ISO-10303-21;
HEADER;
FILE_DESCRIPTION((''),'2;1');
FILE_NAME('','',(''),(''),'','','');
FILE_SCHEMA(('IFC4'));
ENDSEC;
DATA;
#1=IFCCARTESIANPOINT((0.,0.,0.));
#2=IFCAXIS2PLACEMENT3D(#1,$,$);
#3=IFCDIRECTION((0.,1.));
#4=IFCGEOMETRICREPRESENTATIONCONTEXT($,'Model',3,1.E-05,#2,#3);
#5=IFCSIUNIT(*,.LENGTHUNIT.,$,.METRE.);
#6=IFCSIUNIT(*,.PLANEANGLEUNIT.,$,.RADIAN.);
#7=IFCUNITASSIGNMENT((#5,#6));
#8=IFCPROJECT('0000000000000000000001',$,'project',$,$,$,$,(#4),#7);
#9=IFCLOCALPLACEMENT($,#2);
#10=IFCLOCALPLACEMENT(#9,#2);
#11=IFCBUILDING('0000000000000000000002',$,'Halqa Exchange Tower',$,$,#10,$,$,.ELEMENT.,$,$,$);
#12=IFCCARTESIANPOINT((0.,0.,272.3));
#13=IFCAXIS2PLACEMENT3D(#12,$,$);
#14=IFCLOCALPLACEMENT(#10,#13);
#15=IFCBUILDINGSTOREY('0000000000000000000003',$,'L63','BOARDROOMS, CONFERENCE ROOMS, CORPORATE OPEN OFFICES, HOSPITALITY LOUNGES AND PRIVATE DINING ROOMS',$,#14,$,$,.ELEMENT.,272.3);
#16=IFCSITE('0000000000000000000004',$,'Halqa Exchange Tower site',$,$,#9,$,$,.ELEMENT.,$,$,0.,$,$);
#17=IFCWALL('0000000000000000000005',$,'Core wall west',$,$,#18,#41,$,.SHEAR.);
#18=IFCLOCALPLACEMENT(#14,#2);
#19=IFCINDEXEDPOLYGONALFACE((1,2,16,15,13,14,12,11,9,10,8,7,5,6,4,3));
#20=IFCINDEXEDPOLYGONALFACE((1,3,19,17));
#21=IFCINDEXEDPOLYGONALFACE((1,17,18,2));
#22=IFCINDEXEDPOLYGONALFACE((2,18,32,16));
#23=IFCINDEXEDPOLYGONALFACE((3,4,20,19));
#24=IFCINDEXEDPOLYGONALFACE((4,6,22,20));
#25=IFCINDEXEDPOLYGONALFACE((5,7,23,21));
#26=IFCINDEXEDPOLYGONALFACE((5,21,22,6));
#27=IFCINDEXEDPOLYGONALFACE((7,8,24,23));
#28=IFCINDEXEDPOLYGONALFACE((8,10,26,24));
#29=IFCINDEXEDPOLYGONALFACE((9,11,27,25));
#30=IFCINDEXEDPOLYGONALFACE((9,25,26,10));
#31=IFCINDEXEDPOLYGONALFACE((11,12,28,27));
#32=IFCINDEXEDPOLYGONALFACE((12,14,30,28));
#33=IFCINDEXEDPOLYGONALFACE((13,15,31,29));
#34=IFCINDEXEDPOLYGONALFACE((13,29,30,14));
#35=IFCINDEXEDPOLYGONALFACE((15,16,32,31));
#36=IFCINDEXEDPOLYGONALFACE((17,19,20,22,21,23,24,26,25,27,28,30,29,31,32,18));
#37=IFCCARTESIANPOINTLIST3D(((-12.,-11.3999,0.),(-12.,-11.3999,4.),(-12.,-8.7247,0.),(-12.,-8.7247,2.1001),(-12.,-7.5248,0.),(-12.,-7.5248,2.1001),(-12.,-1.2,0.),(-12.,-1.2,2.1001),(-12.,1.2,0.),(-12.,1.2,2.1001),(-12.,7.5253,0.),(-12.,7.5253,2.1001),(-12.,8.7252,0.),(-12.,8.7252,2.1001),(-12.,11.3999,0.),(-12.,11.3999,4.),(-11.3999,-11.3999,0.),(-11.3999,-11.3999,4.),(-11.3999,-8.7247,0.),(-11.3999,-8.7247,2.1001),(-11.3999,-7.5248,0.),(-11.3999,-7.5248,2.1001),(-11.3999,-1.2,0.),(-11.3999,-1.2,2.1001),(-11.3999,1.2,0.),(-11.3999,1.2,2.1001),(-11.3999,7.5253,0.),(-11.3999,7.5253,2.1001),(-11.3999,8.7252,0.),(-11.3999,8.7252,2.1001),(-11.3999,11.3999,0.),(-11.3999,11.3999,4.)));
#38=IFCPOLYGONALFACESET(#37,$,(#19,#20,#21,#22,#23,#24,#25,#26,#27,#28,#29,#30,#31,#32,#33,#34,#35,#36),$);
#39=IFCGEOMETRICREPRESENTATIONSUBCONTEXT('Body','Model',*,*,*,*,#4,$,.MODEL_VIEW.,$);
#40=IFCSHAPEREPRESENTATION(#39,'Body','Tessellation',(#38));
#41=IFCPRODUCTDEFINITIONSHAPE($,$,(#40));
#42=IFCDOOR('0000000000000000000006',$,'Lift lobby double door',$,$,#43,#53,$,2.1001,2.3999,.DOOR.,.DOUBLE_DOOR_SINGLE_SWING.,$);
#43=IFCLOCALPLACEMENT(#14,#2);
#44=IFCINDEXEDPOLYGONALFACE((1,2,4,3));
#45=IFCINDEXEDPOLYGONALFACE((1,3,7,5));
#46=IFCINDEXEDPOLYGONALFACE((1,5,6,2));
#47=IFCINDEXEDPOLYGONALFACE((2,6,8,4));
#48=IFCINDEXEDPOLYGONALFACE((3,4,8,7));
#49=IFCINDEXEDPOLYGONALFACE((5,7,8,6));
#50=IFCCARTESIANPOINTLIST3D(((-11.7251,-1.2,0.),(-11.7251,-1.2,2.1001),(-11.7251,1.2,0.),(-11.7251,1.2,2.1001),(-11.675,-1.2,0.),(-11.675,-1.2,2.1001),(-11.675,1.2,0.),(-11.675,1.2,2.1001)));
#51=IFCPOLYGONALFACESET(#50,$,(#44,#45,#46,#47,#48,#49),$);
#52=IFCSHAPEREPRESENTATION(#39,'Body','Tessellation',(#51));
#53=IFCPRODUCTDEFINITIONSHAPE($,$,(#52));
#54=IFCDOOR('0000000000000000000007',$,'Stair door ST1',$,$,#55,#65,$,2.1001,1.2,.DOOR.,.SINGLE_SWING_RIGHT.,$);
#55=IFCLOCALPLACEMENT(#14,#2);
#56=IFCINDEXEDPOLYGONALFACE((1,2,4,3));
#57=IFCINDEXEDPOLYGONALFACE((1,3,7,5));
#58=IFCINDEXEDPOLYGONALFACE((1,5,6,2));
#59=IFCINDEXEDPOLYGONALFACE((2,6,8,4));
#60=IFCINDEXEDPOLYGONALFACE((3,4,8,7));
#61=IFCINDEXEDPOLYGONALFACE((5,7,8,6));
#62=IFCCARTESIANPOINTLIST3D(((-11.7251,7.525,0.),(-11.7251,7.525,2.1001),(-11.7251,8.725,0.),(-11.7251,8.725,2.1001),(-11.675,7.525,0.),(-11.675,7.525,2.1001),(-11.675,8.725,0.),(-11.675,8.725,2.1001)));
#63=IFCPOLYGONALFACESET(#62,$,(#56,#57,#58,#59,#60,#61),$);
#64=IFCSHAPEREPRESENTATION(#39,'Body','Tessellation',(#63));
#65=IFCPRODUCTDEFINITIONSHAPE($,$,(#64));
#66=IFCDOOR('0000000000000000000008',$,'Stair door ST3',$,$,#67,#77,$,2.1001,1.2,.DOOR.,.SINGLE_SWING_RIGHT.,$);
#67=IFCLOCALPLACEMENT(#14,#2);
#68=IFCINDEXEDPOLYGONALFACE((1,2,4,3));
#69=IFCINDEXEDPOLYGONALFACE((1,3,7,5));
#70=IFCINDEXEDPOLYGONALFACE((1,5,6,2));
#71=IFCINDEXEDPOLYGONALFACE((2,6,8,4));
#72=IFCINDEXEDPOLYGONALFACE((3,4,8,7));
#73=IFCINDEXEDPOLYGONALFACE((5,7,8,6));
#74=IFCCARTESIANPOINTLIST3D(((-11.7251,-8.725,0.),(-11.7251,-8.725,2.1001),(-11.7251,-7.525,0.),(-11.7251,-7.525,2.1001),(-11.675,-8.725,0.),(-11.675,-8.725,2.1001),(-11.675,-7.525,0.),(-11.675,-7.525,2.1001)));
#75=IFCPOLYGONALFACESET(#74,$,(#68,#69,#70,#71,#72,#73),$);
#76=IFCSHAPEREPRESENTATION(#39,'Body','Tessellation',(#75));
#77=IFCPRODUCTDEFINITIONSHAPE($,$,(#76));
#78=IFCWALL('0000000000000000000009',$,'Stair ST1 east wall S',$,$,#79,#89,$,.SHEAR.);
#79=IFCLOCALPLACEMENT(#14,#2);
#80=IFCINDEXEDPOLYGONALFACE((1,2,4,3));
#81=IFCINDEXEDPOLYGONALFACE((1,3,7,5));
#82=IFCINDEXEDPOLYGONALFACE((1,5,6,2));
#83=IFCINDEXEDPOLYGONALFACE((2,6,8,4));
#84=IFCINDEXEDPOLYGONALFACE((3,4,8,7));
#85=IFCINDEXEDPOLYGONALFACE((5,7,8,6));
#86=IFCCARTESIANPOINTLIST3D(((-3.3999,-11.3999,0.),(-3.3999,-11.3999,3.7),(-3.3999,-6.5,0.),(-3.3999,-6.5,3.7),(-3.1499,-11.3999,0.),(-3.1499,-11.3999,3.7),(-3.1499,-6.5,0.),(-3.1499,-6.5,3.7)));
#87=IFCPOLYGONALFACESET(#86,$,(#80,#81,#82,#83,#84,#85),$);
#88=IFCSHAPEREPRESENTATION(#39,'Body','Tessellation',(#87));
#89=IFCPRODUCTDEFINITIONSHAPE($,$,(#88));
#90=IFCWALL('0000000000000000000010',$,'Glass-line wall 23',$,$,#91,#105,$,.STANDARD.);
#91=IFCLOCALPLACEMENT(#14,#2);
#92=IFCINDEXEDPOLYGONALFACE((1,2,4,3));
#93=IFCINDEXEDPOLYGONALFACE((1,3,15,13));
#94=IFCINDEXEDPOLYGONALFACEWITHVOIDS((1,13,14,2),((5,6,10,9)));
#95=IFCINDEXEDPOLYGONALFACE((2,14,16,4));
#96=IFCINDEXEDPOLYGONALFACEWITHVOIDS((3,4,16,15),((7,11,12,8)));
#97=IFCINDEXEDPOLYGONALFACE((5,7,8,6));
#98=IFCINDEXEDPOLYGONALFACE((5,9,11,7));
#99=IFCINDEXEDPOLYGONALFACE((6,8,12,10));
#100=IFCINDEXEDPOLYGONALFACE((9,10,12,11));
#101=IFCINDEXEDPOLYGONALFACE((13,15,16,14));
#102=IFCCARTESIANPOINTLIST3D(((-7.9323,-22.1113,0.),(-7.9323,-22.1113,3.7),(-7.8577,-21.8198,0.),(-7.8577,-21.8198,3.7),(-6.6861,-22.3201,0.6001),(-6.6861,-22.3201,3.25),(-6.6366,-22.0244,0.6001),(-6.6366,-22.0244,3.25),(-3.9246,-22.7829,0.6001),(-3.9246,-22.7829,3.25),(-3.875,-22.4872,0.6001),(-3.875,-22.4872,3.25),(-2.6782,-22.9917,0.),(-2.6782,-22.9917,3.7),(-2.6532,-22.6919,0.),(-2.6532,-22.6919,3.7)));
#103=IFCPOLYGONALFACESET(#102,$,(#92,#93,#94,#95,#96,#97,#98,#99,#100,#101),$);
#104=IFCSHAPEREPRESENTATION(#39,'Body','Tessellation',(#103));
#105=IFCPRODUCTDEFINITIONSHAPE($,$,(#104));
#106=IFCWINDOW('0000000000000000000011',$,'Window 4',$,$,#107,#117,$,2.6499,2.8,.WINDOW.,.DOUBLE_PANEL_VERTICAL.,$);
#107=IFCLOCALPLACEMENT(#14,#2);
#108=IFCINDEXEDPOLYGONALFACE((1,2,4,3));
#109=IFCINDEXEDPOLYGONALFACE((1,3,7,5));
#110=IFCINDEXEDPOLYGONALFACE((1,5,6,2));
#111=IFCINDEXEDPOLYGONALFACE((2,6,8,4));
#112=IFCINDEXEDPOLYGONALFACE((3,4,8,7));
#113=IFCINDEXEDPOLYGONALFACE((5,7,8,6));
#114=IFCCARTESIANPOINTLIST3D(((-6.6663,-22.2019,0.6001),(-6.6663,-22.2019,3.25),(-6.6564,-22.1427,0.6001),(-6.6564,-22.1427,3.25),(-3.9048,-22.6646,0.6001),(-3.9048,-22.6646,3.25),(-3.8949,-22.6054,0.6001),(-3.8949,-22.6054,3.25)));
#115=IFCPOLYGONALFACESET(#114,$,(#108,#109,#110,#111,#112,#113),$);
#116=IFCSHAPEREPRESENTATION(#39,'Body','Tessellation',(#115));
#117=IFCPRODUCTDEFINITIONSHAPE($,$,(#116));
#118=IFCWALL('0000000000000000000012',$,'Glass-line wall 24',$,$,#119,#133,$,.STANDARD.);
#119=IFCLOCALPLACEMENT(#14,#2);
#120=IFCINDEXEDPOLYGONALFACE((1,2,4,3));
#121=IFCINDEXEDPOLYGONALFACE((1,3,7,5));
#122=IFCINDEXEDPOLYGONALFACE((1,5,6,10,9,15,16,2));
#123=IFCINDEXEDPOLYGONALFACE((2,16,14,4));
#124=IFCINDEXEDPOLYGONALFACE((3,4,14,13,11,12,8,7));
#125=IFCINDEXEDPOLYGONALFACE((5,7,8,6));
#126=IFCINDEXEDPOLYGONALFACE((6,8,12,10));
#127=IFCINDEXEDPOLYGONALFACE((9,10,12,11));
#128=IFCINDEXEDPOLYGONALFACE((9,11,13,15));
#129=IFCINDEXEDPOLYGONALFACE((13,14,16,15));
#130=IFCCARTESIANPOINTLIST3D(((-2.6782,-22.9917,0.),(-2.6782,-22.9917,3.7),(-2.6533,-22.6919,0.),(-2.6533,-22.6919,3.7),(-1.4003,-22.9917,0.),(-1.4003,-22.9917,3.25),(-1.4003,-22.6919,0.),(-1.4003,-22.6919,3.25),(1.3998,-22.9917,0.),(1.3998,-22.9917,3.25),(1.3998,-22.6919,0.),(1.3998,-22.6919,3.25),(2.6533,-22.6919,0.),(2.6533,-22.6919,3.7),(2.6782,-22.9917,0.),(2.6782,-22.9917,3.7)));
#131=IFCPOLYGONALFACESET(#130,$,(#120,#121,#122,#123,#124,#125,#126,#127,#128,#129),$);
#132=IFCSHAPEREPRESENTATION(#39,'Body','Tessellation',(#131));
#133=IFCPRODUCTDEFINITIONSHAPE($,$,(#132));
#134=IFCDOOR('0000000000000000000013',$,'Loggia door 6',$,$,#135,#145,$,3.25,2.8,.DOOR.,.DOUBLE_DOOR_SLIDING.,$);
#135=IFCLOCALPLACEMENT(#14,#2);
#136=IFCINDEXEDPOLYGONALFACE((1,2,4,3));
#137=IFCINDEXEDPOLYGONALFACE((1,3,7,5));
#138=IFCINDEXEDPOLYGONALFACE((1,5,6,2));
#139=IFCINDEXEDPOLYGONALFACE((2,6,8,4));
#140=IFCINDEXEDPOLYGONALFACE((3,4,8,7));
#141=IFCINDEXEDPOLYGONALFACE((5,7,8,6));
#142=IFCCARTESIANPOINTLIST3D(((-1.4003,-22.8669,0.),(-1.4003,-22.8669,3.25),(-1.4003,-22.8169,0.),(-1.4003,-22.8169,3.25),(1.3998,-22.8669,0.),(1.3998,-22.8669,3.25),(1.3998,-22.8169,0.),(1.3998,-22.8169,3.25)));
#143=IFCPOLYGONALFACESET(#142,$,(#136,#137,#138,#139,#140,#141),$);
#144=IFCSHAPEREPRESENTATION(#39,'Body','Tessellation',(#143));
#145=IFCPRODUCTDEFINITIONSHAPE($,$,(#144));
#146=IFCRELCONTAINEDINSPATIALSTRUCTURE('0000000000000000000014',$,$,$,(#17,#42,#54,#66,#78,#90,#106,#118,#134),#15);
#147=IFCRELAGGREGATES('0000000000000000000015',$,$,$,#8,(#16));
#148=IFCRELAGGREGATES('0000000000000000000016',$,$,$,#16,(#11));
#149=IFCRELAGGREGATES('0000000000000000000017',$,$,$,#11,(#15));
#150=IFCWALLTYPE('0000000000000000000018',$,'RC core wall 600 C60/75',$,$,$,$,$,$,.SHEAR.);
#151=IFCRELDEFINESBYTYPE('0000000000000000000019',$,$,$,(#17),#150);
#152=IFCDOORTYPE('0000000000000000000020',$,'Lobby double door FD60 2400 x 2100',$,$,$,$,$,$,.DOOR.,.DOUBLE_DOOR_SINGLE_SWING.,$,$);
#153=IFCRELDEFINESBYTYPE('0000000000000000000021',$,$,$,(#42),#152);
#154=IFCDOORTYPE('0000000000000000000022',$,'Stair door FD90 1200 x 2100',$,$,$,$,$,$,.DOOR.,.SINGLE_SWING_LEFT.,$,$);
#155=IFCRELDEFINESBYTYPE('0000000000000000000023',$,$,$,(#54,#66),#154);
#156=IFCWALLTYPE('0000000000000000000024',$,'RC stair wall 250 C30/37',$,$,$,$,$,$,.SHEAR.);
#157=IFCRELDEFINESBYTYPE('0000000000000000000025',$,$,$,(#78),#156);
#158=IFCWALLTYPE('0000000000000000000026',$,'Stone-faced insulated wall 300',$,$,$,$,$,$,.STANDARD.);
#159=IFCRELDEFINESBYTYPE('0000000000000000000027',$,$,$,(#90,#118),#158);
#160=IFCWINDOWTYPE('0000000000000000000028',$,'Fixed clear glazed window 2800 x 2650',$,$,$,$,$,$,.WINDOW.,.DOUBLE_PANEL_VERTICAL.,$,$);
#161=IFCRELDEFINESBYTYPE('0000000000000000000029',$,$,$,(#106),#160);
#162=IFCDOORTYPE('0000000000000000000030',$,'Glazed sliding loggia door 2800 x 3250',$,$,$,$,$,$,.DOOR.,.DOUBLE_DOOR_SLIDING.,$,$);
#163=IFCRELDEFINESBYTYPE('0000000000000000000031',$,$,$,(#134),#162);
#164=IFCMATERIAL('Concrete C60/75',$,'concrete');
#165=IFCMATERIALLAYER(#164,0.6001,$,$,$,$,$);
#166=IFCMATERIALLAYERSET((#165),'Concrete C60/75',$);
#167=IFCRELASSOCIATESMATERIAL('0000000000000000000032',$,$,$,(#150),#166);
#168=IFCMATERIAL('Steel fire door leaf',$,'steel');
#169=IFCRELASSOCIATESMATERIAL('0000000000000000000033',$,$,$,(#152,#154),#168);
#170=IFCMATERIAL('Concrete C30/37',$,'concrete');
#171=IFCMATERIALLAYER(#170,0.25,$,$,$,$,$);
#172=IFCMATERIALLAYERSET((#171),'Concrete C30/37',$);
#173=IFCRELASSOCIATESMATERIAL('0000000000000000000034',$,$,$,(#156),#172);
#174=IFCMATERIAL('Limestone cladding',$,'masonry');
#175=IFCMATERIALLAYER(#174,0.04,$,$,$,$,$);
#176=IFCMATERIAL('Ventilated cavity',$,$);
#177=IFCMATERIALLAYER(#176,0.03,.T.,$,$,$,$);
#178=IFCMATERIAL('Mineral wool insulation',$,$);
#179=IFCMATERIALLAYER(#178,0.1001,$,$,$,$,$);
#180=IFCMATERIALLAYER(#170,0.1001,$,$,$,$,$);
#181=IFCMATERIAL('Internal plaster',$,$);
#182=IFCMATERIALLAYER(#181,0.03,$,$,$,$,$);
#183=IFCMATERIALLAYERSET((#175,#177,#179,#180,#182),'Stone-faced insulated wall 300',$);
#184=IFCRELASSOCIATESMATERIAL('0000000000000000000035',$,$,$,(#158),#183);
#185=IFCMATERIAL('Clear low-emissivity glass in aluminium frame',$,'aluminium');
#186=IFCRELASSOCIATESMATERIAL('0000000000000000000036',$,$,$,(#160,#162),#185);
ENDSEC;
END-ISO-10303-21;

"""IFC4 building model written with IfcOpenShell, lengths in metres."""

from ifc_helpers import new_model, si_unit, direction, frame, frame_2d, origin, place, context, subcontext, project, spatial, polyline, rectangle, outline, extrude, material, layer, layer_set, type_object, element, fill, save


model = new_model("IFC4")

# Units and contexts
model_context = context("Model", 3, precision=1e-05, world=origin(), true_north=direction((0.0, 1.0)))
body_context = subcontext(model_context, "Body", "Model", "MODEL_VIEW")
ifc_project = project(units=[si_unit("LENGTHUNIT", "METRE"), si_unit("PLANEANGLEUNIT", "RADIAN")], contexts=[model_context])

# Site, building, storey
site_placement = place(None, origin())
site = spatial("IfcSite", under=ifc_project, at=site_placement, Name="Halqa Exchange Tower site", CompositionType="ELEMENT", RefElevation=0.0)
building_placement = place(site_placement, origin())
building = spatial("IfcBuilding", under=site, at=building_placement, Name="Halqa Exchange Tower", CompositionType="ELEMENT")
storey_placement = place(building_placement, frame((0.0, 0.0, 272.3)))
storey = spatial("IfcBuildingStorey", under=building, at=storey_placement, Name="L63", Description="BOARDROOMS, CONFERENCE ROOMS, CORPORATE OPEN OFFICES, HOSPITALITY LOUNGES AND PRIVATE DINING ROOMS", CompositionType="ELEMENT", Elevation=272.3)

# Shared definitions
ifc_material_1 = material(Name="Concrete C60/75", Category="concrete")

# Wall, openings, doors
ifc_layer_1 = layer(ifc_material_1, 0.6001)
ifc_layer_set_1 = layer_set([ifc_layer_1], Name="Concrete C60/75")
wall_type_1 = type_object("IfcWallType", Name="RC core wall 600 C60/75", PredefinedType="SHEAR", material=ifc_layer_set_1)
wall_1_placement = place(storey_placement, frame((-11.7, -11.3999, 0.0), z_axis=(0.0, 0.0, 1.0), x_axis=(0.0, 1.0, 0.0)))
wall_1 = element("IfcWall", 1, at=wall_1_placement, inside=storey, type_object=wall_type_1, Name="Core wall west", PredefinedType="SHEAR", context=body_context, shape_type="SweptSolid", body=[
    extrude(rectangle(XDim=22.7998, YDim=0.6001, at=frame_2d((11.3999, 0.0))), origin(), (0.0, 0.0, 1.0), 4.0),
])
opening_1_placement = place(wall_1_placement, frame((10.2, 0.0, 0.0)))
opening_1 = element("IfcOpeningElement", 2, at=opening_1_placement, cuts=wall_1, PredefinedType="OPENING", context=body_context, shape_type="SweptSolid", body=[
    extrude(rectangle(XDim=2.3999, YDim=2.1001, at=frame_2d((1.2, 1.05))), frame((0.0, 0.312, 0.0), z_axis=(0.0, -1.0, 0.0), x_axis=(1.0, 0.0, 0.0)), (0.0, 0.0, 1.0), 0.624),
])
opening_2_placement = place(wall_1_placement, frame((18.925, 0.0, 0.0)))
opening_2 = element("IfcOpeningElement", 3, at=opening_2_placement, cuts=wall_1, PredefinedType="OPENING", context=body_context, shape_type="SweptSolid", body=[
    extrude(rectangle(XDim=1.2, YDim=2.1001, at=frame_2d((0.6001, 1.05))), frame((0.0, 0.312, 0.0), z_axis=(0.0, -1.0, 0.0), x_axis=(1.0, 0.0, 0.0)), (0.0, 0.0, 1.0), 0.624),
])
opening_3_placement = place(wall_1_placement, frame((2.675, 0.0, 0.0)))
opening_3 = element("IfcOpeningElement", 4, at=opening_3_placement, cuts=wall_1, PredefinedType="OPENING", context=body_context, shape_type="SweptSolid", body=[
    extrude(rectangle(XDim=1.2, YDim=2.1001, at=frame_2d((0.6001, 1.05))), frame((0.0, 0.312, 0.0), z_axis=(0.0, -1.0, 0.0), x_axis=(1.0, 0.0, 0.0)), (0.0, 0.0, 1.0), 0.624),
])
ifc_material_2 = material(Name="Steel fire door leaf", Category="steel")
door_type_1 = type_object("IfcDoorType", Name="Lobby double door FD60 2400 x 2100", OperationType="DOUBLE_DOOR_SINGLE_SWING", PredefinedType="DOOR", material=ifc_material_2)
door_1_placement = place(opening_1_placement, frame((2.3999, 0.0, 0.0), z_axis=(0.0, 0.0, 1.0), x_axis=(-1.0, 0.0, 0.0)))
door_1 = element("IfcDoor", 5, at=door_1_placement, inside=storey, type_object=door_type_1, Name="Lift lobby double door", OperationType="DOUBLE_DOOR_SINGLE_SWING", OverallHeight=2.1001, OverallWidth=2.3999, PredefinedType="DOOR", context=body_context, shape_type="SweptSolid", body=[
    extrude(rectangle(XDim=2.3999, YDim=2.1001, at=frame_2d((1.2, 1.05))), frame((0.0, 0.0249, 0.0), z_axis=(0.0, -1.0, 0.0), x_axis=(1.0, 0.0, 0.0)), (0.0, 0.0, 1.0), 0.05),
])
fill(opening_1, door_1)
door_type_2 = type_object("IfcDoorType", Name="Stair door FD90 1200 x 2100", OperationType="SINGLE_SWING_LEFT", PredefinedType="DOOR", material=ifc_material_2)
door_2_placement = place(opening_2_placement, frame((1.2, 0.0, 0.0), z_axis=(0.0, 0.0, 1.0), x_axis=(-1.0, 0.0, 0.0)))
door_2 = element("IfcDoor", 6, at=door_2_placement, inside=storey, type_object=door_type_2, Name="Stair door ST1", OperationType="SINGLE_SWING_RIGHT", OverallHeight=2.1001, OverallWidth=1.2, PredefinedType="DOOR", context=body_context, shape_type="SweptSolid", body=[
    extrude(rectangle(XDim=1.2, YDim=2.1001, at=frame_2d((0.6001, 1.05))), frame((0.0, 0.0249, 0.0), z_axis=(0.0, -1.0, 0.0), x_axis=(1.0, 0.0, 0.0)), (0.0, 0.0, 1.0), 0.05),
])
fill(opening_2, door_2)
door_3_placement = place(opening_3_placement, frame((1.2, 0.0, 0.0), z_axis=(0.0, 0.0, 1.0), x_axis=(-1.0, 0.0, 0.0)))
door_3 = element("IfcDoor", 7, at=door_3_placement, inside=storey, type_object=door_type_2, Name="Stair door ST3", OperationType="SINGLE_SWING_RIGHT", OverallHeight=2.1001, OverallWidth=1.2, PredefinedType="DOOR", context=body_context, shape_type="SweptSolid", body=[
    extrude(rectangle(XDim=1.2, YDim=2.1001, at=frame_2d((0.6001, 1.05))), frame((0.0, 0.0249, 0.0), z_axis=(0.0, -1.0, 0.0), x_axis=(1.0, 0.0, 0.0)), (0.0, 0.0, 1.0), 0.05),
])
fill(opening_3, door_3)

# Wall
ifc_material_3 = material(Name="Concrete C30/37", Category="concrete")
ifc_layer_2 = layer(ifc_material_3, 0.25)
ifc_layer_set_2 = layer_set([ifc_layer_2], Name="Concrete C30/37")
wall_type_2 = type_object("IfcWallType", Name="RC stair wall 250 C30/37", PredefinedType="SHEAR", material=ifc_layer_set_2)
wall_2_placement = place(storey_placement, frame((-3.2749, -11.3999, 0.0), z_axis=(0.0, 0.0, 1.0), x_axis=(0.0, 1.0, 0.0)))
element("IfcWall", 8, at=wall_2_placement, inside=storey, type_object=wall_type_2, Name="Stair ST1 east wall S", PredefinedType="SHEAR", context=body_context, shape_type="SweptSolid", body=[
    extrude(rectangle(XDim=4.8999, YDim=0.25, at=frame_2d((2.45, 0.0))), origin(), (0.0, 0.0, 1.0), 3.7),
])

# Wall, opening, window
ifc_material_4 = material(Name="Limestone cladding", Category="masonry")
ifc_layer_3 = layer(ifc_material_4, 0.04)
ifc_material_5 = material(Name="Ventilated cavity")
ifc_layer_4 = layer(ifc_material_5, 0.03, ventilated=True)
ifc_material_6 = material(Name="Mineral wool insulation")
ifc_layer_5 = layer(ifc_material_6, 0.1001)
ifc_layer_6 = layer(ifc_material_3, 0.1001)
ifc_material_7 = material(Name="Internal plaster")
ifc_layer_7 = layer(ifc_material_7, 0.03)
ifc_layer_set_3 = layer_set([ifc_layer_3, ifc_layer_4, ifc_layer_5, ifc_layer_6, ifc_layer_7], Name="Stone-faced insulated wall 300")
wall_type_3 = type_object("IfcWallType", Name="Stone-faced insulated wall 300", PredefinedType="STANDARD", material=ifc_layer_set_3)
wall_3_placement = place(storey_placement, frame((-7.895, -21.9656, 0.0), z_axis=(0.0, 0.0, 1.0), x_axis=(0.98625, -0.165258, 0.0)))
wall_3 = element("IfcWall", 9, at=wall_3_placement, inside=storey, type_object=wall_type_3, Name="Glass-line wall 23", PredefinedType="STANDARD", context=body_context, shape_type="SweptSolid", body=[
    extrude(outline(polyline([(-0.0127, -0.1499), (5.3147, -0.1499), (5.2898, 0.1499), (0.0127, 0.1499), (-0.0127, -0.1499)])), origin(), (0.0, 0.0, 1.0), 3.7),
])
opening_4_placement = place(wall_3_placement, frame((1.251, 0.0, 0.6001)))
opening_4 = element("IfcOpeningElement", 10, at=opening_4_placement, cuts=wall_3, PredefinedType="OPENING", context=body_context, shape_type="SweptSolid", body=[
    extrude(rectangle(XDim=2.8, YDim=2.6499, at=frame_2d((1.3999, 1.325))), frame((0.0, 0.1621, 0.0), z_axis=(0.0, -1.0, 0.0), x_axis=(1.0, 0.0, 0.0)), (0.0, 0.0, 1.0), 0.324),
])
ifc_material_8 = material(Name="Clear low-emissivity glass in aluminium frame", Category="aluminium")
window_type = type_object("IfcWindowType", Name="Fixed clear glazed window 2800 x 2650", PartitioningType="DOUBLE_PANEL_VERTICAL", PredefinedType="WINDOW", material=ifc_material_8)
window_placement = place(opening_4_placement, origin())
window = element("IfcWindow", 11, at=window_placement, inside=storey, type_object=window_type, Name="Window 4", OverallHeight=2.6499, OverallWidth=2.8, PartitioningType="DOUBLE_PANEL_VERTICAL", PredefinedType="WINDOW", context=body_context, shape_type="SweptSolid", body=[
    extrude(rectangle(XDim=2.8, YDim=2.6499, at=frame_2d((1.3999, 1.325))), frame((0.0, 0.03, 0.0), z_axis=(0.0, -1.0, 0.0), x_axis=(1.0, 0.0, 0.0)), (0.0, 0.0, 1.0), 0.0601),
])
fill(opening_4, window)

# Wall, opening, door
wall_4_placement = place(storey_placement, frame((-2.6658, -22.8418, 0.0), z_axis=(0.0, 0.0, 1.0), x_axis=(1.0, 0.0, 0.0)))
wall_4 = element("IfcWall", 12, at=wall_4_placement, inside=storey, type_object=wall_type_3, Name="Glass-line wall 24", PredefinedType="STANDARD", context=body_context, shape_type="SweptSolid", body=[
    extrude(outline(polyline([(-0.0125, -0.1499), (5.344, -0.1499), (5.3191, 0.1499), (0.0125, 0.1499), (-0.0125, -0.1499)])), origin(), (0.0, 0.0, 1.0), 3.7),
])
opening_5_placement = place(wall_4_placement, frame((1.2656, 0.0, 0.0)))
opening_5 = element("IfcOpeningElement", 13, at=opening_5_placement, cuts=wall_4, PredefinedType="OPENING", context=body_context, shape_type="SweptSolid", body=[
    extrude(rectangle(XDim=2.8, YDim=3.25, at=frame_2d((1.3999, 1.625))), frame((0.0, 0.1621, 0.0), z_axis=(0.0, -1.0, 0.0), x_axis=(1.0, 0.0, 0.0)), (0.0, 0.0, 1.0), 0.324),
])
door_type_3 = type_object("IfcDoorType", Name="Glazed sliding loggia door 2800 x 3250", OperationType="DOUBLE_DOOR_SLIDING", PredefinedType="DOOR", material=ifc_material_8)
door_4_placement = place(opening_5_placement, origin())
door_4 = element("IfcDoor", 14, at=door_4_placement, inside=storey, type_object=door_type_3, Name="Loggia door 6", OperationType="DOUBLE_DOOR_SLIDING", OverallHeight=3.25, OverallWidth=2.8, PredefinedType="DOOR", context=body_context, shape_type="SweptSolid", body=[
    extrude(rectangle(XDim=2.8, YDim=3.25, at=frame_2d((1.3999, 1.625))), frame((0.0, 0.0249, 0.0), z_axis=(0.0, -1.0, 0.0), x_axis=(1.0, 0.0, 0.0)), (0.0, 0.0, 1.0), 0.05),
])
fill(opening_5, door_4)

save(model, "model.ifc")
